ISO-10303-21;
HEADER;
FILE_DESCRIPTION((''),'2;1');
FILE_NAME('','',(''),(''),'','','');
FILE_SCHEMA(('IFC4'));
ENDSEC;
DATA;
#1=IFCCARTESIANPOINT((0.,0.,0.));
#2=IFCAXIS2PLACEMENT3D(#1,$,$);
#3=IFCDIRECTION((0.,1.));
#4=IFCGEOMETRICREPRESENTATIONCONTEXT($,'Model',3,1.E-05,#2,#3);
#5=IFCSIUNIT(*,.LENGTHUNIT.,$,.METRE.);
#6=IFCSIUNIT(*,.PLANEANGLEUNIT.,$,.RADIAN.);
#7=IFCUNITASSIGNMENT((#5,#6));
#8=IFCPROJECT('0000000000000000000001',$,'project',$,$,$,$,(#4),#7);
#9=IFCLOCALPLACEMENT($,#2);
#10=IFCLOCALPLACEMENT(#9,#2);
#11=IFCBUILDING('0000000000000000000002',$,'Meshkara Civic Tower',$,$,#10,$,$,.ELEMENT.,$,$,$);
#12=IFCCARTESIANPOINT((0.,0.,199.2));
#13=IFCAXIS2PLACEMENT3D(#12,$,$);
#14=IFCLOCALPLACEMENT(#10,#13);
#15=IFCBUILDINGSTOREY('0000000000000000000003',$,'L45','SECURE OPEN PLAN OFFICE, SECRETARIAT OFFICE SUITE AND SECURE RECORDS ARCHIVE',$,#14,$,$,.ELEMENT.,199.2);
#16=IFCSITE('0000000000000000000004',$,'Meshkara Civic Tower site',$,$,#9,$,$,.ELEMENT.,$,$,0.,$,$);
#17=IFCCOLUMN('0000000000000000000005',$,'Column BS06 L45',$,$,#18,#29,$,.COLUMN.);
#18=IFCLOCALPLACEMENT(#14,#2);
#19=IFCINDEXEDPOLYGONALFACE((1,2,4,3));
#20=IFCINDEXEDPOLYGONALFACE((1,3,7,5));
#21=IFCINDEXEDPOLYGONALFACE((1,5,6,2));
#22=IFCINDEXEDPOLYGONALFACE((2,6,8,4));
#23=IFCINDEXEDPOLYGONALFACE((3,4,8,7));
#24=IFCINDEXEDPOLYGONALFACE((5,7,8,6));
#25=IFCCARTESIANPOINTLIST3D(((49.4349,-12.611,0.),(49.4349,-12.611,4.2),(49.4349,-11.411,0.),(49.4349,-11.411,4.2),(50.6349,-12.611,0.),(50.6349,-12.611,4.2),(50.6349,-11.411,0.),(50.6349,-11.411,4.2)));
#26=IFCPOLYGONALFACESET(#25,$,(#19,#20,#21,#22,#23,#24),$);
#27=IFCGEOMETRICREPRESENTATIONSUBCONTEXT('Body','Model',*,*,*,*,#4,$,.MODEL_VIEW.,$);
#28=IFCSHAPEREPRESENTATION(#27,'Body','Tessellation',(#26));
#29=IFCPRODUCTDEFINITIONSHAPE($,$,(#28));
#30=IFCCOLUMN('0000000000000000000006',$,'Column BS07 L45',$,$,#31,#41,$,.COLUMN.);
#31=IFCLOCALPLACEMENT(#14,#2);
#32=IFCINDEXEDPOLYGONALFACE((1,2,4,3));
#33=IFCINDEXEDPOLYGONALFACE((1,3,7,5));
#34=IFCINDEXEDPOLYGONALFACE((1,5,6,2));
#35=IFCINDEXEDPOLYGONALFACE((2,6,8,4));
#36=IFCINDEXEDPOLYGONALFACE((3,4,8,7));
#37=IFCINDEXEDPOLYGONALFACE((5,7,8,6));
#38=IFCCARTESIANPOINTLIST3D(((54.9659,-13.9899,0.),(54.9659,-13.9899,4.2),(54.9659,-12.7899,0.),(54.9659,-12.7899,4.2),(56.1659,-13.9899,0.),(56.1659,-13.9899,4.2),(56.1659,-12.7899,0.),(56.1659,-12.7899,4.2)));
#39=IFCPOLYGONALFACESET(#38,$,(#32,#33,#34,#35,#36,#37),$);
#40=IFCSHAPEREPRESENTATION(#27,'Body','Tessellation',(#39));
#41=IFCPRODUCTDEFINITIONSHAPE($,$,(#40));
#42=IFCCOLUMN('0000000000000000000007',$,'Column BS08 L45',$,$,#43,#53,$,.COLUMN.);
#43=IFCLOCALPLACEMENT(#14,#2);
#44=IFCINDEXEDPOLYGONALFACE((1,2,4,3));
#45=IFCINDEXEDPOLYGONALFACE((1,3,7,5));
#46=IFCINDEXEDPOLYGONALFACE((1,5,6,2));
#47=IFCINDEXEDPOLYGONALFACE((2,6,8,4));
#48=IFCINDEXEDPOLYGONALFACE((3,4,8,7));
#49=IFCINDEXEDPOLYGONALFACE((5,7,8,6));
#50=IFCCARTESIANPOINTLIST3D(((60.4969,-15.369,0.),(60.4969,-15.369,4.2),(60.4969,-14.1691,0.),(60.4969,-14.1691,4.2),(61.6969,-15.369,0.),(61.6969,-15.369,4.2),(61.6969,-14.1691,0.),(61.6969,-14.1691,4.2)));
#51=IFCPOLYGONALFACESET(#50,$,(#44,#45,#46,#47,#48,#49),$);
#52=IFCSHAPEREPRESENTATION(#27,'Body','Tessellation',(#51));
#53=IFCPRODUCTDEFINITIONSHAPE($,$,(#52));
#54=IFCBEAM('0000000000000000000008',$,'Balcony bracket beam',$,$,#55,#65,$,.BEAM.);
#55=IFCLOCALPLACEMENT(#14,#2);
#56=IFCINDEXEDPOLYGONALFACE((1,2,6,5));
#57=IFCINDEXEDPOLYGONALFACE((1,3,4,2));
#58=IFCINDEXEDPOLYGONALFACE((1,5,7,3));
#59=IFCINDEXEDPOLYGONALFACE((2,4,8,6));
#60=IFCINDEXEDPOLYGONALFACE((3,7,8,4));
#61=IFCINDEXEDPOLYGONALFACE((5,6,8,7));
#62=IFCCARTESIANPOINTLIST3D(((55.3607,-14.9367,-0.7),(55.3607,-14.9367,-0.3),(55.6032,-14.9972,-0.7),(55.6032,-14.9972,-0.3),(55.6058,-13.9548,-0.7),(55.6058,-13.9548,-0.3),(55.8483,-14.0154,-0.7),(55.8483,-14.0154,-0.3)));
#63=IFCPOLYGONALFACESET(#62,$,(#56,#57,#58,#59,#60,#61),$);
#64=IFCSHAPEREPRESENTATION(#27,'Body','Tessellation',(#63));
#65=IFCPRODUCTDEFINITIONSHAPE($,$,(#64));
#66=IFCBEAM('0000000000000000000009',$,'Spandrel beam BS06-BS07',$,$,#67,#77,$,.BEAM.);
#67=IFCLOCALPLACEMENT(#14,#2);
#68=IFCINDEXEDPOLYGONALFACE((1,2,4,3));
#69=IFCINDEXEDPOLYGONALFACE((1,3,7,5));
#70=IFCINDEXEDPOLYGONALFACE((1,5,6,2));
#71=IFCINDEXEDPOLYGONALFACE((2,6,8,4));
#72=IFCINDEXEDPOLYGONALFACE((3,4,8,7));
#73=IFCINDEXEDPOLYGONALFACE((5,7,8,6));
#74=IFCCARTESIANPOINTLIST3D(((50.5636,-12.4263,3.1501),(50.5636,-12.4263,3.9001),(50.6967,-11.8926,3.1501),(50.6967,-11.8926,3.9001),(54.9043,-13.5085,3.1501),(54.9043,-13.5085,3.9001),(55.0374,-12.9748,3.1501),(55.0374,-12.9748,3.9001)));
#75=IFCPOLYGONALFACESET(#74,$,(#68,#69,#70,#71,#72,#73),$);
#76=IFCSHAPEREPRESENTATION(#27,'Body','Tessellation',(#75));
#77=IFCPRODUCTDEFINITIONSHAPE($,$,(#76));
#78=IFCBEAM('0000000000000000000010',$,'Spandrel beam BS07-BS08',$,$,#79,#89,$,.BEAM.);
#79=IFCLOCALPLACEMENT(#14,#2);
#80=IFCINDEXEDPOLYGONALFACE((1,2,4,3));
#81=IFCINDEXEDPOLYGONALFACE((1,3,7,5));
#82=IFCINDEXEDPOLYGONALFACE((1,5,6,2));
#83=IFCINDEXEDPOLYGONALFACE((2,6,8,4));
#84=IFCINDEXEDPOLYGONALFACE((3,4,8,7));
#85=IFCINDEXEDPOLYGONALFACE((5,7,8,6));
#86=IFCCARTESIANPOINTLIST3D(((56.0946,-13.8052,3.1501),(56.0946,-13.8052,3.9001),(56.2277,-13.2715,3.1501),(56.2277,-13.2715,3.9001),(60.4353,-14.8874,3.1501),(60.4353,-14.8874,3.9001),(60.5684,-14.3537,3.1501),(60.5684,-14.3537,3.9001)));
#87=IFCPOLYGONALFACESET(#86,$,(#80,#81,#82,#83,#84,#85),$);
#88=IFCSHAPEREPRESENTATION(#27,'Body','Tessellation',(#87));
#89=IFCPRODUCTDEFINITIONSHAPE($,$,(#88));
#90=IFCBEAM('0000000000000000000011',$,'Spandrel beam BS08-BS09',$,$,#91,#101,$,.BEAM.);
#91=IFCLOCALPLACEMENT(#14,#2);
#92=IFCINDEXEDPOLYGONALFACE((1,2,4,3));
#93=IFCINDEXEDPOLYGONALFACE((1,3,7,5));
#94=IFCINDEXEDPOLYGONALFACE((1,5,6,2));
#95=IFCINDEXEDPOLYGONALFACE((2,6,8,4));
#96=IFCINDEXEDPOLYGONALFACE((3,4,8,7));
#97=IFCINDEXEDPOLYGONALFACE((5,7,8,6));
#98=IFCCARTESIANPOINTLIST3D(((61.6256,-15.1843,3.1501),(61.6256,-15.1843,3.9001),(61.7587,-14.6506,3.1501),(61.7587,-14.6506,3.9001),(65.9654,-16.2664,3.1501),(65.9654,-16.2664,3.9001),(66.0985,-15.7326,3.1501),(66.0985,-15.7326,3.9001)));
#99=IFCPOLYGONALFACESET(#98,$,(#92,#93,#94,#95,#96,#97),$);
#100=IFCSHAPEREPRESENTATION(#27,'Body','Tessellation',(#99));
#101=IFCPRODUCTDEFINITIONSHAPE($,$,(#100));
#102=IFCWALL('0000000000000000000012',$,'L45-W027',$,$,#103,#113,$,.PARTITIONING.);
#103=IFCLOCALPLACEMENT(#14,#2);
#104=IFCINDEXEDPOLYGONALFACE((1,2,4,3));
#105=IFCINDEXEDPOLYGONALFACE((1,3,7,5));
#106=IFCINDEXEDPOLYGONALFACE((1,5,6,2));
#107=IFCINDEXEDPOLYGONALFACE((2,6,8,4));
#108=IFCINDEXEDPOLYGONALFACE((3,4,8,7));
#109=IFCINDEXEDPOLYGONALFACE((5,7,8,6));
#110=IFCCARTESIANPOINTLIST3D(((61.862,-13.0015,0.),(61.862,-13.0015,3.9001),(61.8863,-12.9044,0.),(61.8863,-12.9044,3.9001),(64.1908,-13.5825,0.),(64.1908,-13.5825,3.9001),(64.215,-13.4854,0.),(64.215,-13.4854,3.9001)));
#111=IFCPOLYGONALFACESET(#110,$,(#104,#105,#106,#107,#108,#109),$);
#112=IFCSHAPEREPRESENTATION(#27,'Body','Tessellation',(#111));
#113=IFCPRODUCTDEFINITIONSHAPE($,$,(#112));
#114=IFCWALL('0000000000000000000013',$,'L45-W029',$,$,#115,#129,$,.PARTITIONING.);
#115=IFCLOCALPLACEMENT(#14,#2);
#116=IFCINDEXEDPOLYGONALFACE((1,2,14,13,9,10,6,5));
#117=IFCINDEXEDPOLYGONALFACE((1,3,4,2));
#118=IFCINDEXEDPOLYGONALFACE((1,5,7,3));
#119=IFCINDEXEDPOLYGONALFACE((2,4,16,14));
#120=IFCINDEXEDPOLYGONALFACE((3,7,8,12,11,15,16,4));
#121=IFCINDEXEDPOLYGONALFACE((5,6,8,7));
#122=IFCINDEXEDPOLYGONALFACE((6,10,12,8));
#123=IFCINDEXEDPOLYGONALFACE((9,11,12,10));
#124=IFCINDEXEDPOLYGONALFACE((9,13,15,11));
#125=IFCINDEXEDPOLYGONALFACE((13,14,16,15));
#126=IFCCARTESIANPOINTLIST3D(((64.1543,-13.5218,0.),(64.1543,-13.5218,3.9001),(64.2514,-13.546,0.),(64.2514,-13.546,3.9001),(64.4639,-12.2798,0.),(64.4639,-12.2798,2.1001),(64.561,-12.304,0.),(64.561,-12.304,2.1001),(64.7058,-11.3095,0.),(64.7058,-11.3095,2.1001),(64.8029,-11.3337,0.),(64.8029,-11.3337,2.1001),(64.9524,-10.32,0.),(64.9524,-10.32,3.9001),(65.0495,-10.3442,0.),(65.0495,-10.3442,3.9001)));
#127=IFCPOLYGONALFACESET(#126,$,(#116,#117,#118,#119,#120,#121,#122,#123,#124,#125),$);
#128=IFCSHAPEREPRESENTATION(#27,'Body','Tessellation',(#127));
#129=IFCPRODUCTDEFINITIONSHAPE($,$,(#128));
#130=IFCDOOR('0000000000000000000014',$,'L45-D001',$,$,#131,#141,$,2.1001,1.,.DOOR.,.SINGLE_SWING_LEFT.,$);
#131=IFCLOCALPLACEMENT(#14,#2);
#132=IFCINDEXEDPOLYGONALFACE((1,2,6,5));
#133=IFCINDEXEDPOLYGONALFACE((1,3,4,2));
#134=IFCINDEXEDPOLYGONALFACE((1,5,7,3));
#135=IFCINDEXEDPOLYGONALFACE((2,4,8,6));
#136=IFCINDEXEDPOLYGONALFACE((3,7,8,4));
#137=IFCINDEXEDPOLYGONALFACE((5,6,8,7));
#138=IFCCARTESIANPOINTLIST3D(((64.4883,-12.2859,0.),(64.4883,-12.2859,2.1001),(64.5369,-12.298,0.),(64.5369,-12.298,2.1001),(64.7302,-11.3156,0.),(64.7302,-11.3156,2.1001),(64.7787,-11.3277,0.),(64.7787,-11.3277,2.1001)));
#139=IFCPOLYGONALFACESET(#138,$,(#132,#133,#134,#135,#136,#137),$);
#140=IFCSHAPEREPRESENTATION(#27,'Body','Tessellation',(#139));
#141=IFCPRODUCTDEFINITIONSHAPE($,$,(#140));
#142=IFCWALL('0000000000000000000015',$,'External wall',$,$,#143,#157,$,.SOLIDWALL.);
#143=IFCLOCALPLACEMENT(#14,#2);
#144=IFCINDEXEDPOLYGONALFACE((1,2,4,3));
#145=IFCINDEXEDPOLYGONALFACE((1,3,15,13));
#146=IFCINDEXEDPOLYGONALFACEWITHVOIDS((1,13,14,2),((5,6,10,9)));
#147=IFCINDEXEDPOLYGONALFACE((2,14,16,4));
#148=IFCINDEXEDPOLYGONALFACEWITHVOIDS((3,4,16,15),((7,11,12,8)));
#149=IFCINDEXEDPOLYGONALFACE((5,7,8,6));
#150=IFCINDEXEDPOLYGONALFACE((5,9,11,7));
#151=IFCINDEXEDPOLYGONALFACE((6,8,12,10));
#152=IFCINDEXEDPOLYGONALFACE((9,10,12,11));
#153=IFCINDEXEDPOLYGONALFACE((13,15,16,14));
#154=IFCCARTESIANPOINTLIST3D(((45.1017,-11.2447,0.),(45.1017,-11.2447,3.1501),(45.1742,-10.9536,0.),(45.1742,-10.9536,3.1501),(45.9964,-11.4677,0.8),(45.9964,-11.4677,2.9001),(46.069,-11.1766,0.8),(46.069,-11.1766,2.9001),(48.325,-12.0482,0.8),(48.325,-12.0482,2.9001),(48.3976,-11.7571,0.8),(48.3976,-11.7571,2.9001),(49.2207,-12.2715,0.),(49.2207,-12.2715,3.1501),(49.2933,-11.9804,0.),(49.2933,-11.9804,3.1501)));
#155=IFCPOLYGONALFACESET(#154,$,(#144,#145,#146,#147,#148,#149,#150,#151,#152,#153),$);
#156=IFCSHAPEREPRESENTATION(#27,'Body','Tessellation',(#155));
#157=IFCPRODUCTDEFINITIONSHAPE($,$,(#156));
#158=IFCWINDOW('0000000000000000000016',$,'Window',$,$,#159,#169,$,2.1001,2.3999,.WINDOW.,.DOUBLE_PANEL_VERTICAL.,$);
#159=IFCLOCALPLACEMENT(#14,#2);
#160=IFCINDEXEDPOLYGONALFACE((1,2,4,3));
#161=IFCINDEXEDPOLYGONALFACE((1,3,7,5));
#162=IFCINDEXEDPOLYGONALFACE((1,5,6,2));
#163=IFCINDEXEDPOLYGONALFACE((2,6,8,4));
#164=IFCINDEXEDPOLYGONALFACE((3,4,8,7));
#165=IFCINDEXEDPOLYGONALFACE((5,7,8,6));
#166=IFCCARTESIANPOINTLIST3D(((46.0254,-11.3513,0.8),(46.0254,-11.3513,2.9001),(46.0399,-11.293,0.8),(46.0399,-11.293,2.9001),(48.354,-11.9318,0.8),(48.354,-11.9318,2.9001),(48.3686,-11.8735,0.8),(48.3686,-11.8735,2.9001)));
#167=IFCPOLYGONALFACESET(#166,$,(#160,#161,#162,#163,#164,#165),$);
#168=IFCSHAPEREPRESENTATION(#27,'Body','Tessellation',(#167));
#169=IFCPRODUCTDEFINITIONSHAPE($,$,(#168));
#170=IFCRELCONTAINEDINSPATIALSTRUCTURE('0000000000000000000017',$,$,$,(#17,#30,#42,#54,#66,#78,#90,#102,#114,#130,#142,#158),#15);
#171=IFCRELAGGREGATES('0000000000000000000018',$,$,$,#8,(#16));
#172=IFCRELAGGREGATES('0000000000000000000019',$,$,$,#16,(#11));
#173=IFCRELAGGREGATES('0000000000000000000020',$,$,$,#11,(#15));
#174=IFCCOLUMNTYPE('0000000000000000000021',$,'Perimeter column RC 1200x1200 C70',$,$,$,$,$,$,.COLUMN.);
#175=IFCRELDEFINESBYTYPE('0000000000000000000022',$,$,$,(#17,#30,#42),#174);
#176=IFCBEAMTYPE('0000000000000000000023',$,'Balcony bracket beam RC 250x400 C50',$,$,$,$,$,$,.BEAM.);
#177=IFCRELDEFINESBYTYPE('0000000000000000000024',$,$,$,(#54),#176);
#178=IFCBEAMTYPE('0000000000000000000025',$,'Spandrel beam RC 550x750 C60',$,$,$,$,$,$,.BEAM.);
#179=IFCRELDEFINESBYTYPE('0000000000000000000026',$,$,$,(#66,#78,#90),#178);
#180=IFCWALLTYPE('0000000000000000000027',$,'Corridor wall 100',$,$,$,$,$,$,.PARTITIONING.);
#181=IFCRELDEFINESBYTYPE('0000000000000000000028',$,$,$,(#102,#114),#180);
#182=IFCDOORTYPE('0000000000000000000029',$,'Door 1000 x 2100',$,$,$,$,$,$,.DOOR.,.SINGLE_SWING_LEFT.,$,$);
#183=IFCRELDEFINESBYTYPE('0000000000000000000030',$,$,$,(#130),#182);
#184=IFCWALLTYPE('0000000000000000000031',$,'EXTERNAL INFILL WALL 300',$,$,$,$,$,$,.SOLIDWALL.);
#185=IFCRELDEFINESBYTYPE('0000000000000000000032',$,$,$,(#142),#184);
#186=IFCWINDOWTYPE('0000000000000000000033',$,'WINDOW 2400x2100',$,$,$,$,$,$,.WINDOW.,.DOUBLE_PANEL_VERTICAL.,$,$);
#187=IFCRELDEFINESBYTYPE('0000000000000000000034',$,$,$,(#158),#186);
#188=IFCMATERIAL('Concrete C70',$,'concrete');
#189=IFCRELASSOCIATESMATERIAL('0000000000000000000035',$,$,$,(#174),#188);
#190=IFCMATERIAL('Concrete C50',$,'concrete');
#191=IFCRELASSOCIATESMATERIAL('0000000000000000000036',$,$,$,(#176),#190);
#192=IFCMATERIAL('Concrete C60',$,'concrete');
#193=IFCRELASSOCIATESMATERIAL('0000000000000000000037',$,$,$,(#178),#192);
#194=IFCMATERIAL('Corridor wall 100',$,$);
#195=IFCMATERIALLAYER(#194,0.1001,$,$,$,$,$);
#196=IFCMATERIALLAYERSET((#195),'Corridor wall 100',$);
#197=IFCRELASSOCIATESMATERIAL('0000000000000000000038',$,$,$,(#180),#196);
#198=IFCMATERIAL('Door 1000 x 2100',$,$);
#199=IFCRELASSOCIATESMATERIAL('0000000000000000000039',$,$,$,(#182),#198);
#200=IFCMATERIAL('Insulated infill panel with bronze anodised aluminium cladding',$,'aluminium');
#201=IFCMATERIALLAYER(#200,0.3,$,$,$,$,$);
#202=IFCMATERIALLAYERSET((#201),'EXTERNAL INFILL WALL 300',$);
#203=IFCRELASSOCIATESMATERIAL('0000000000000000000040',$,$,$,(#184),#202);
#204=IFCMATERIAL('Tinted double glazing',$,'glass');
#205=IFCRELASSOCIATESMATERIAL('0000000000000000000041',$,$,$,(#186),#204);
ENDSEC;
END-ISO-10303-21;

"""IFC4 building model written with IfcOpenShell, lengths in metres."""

from ifc_helpers import new_model, si_unit, direction, frame, frame_2d, origin, origin_2d, place, context, subcontext, project, spatial, rectangle, extrude, material, layer, layer_set, material_profile, profile_set, type_object, element, fill, save


model = new_model("IFC4")

# Units and contexts
model_context = context("Model", 3, precision=1e-05, world=origin(), true_north=direction((0.0, 1.0)))
body_context = subcontext(model_context, "Body", "Model", "MODEL_VIEW")
ifc_project = project(units=[si_unit("LENGTHUNIT", "METRE"), si_unit("PLANEANGLEUNIT", "RADIAN")], contexts=[model_context])

# Site, building, storey
site_placement = place(None, origin())
site = spatial("IfcSite", under=ifc_project, at=site_placement, Name="Meshkara Civic Tower site", CompositionType="ELEMENT", RefElevation=0.0)
building_placement = place(site_placement, origin())
building = spatial("IfcBuilding", under=site, at=building_placement, Name="Meshkara Civic Tower", CompositionType="ELEMENT")
storey_placement = place(building_placement, frame((0.0, 0.0, 199.2)))
storey = spatial("IfcBuildingStorey", under=building, at=storey_placement, Name="L45", Description="SECURE OPEN PLAN OFFICE, SECRETARIAT OFFICE SUITE AND SECURE RECORDS ARCHIVE", CompositionType="ELEMENT", Elevation=199.2)

# Columns
ifc_material_1 = material(Name="Concrete C70", Category="concrete")
ifc_material_profile_1 = material_profile(ifc_material_1, rectangle(XDim=1.2, YDim=1.2, at=origin_2d()))
ifc_profile_set_1 = profile_set([ifc_material_profile_1], Name="Concrete C70")
column_type = type_object("IfcColumnType", Name="Perimeter column RC 1200x1200 C70", PredefinedType="COLUMN", material=ifc_profile_set_1)
for number, where, z_axis, x_axis, name in (
    (1, (50.0349, -12.011, 0.0), (0.0, 0.0, 1.0), (1.0, 0.0, 0.0), "Column BS06 L45"),
    (2, (55.5659, -13.3899, 0.0), (0.0, 0.0, 1.0), (1.0, 0.0, 0.0), "Column BS07 L45"),
    (3, (61.0969, -14.769, 0.0), (0.0, 0.0, 1.0), (1.0, 0.0, 0.0), "Column BS08 L45"),
):
    element("IfcColumn", number, at=place(storey_placement, frame(where, z_axis=z_axis, x_axis=x_axis)), inside=storey, type_object=column_type, Name=name, PredefinedType="COLUMN", context=body_context, shape_type="SweptSolid", body=[
        extrude(rectangle(XDim=1.2, YDim=1.2, at=origin_2d()), origin(), (0.0, 0.0, 1.0), 4.2),
    ])

# Beams
ifc_material_2 = material(Name="Concrete C50", Category="concrete")
ifc_material_profile_2 = material_profile(ifc_material_2, rectangle(XDim=0.25, YDim=0.3999, at=origin_2d()))
ifc_profile_set_2 = profile_set([ifc_material_profile_2], Name="Concrete C50")
beam_type_1 = type_object("IfcBeamType", Name="Balcony bracket beam RC 250x400 C50", PredefinedType="BEAM", material=ifc_profile_set_2)
beam_1_placement = place(storey_placement, frame((55.7271, -13.9851, -0.5), z_axis=(-0.242195, -0.970228, 0.0), x_axis=(0.970228, -0.242195, 0.0)))
element("IfcBeam", 4, at=beam_1_placement, inside=storey, type_object=beam_type_1, Name="Balcony bracket beam", PredefinedType="BEAM", context=body_context, shape_type="SweptSolid", body=[
    extrude(rectangle(XDim=0.25, YDim=0.3999, at=origin_2d()), origin(), (0.0, 0.0, 1.0), 1.012),
])
ifc_material_3 = material(Name="Concrete C60", Category="concrete")
ifc_material_profile_3 = material_profile(ifc_material_3, rectangle(XDim=0.55, YDim=0.75, at=origin_2d()))
ifc_profile_set_3 = profile_set([ifc_material_profile_3], Name="Concrete C60")
beam_type_2 = type_object("IfcBeamType", Name="Spandrel beam RC 550x750 C60", PredefinedType="BEAM", material=ifc_profile_set_3)
for number, where, z_axis, x_axis, name in (
    (5, (50.6301, -12.1594, 3.5251), (0.970296, -0.241919, 0.0), (0.241919, 0.970296, 0.0), "Spandrel beam BS06-BS07"),
    (6, (56.1611, -13.5383, 3.5251), (0.970296, -0.241919, 0.0), (0.241919, 0.970296, 0.0), "Spandrel beam BS07-BS08"),
):
    element("IfcBeam", number, at=place(storey_placement, frame(where, z_axis=z_axis, x_axis=x_axis)), inside=storey, type_object=beam_type_2, Name=name, PredefinedType="BEAM", context=body_context, shape_type="SweptSolid", body=[
        extrude(rectangle(XDim=0.55, YDim=0.75, at=origin_2d()), origin(), (0.0, 0.0, 1.0), 4.4736),
    ])
beam_2_placement = place(storey_placement, frame((61.6921, -14.9175, 3.5251), z_axis=(0.970296, -0.241919, 0.0), x_axis=(0.241919, 0.970296, 0.0)))
element("IfcBeam", 7, at=beam_2_placement, inside=storey, type_object=beam_type_2, Name="Spandrel beam BS08-BS09", PredefinedType="BEAM", context=body_context, shape_type="SweptSolid", body=[
    extrude(rectangle(XDim=0.55, YDim=0.75, at=origin_2d()), origin(), (0.0, 0.0, 1.0), 4.4727),
])

# Wall
ifc_material_4 = material(Name="Corridor wall 100")
ifc_layer_1 = layer(ifc_material_4, 0.1001)
ifc_layer_set_1 = layer_set([ifc_layer_1], Name="Corridor wall 100")
wall_type_1 = type_object("IfcWallType", Name="Corridor wall 100", PredefinedType="PARTITIONING", material=ifc_layer_set_1)
wall_1_placement = place(storey_placement, frame((61.874, -12.9529, 0.0), z_axis=(0.0, 0.0, 1.0), x_axis=(0.970256, -0.242081, 0.0)))
element("IfcWall", 8, at=wall_1_placement, inside=storey, type_object=wall_type_1, Name="L45-W027", PredefinedType="PARTITIONING", context=body_context, shape_type="SweptSolid", body=[
    extrude(rectangle(XDim=2.4001, YDim=0.1001, at=frame_2d((1.2002, 0.0))), origin(), (0.0, 0.0, 1.0), 3.9001),
])

# Wall, opening, door
wall_2_placement = place(storey_placement, frame((64.2029, -13.5339, 0.0), z_axis=(0.0, 0.0, 1.0), x_axis=(0.241857, 0.970312, 0.0)))
wall_2 = element("IfcWall", 9, at=wall_2_placement, inside=storey, type_object=wall_type_1, Name="L45-W029", PredefinedType="PARTITIONING", context=body_context, shape_type="SweptSolid", body=[
    extrude(rectangle(XDim=3.2998, YDim=0.1001, at=frame_2d((1.6499, 0.0))), origin(), (0.0, 0.0, 1.0), 3.9001),
])
opening_1_placement = place(wall_2_placement, frame((1.28, 0.0, 0.0)))
opening_1 = element("IfcOpeningElement", 10, at=opening_1_placement, cuts=wall_2, PredefinedType="OPENING", context=body_context, shape_type="SweptSolid", body=[
    extrude(rectangle(XDim=1.0, YDim=2.1001, at=frame_2d((0.5, 1.05))), frame((0.0, 0.0601, 0.0), z_axis=(0.0, -1.0, 0.0), x_axis=(1.0, 0.0, 0.0)), (0.0, 0.0, 1.0), 0.1201),
])
ifc_material_5 = material(Name="Door 1000 x 2100")
door_type_1 = type_object("IfcDoorType", Name="Door 1000 x 2100", OperationType="SINGLE_SWING_LEFT", PredefinedType="DOOR", material=ifc_material_5)
door_1_placement = place(opening_1_placement, origin())
door_1 = element("IfcDoor", 11, at=door_1_placement, inside=storey, type_object=door_type_1, Name="L45-D001", OperationType="SINGLE_SWING_LEFT", OverallHeight=2.1001, OverallWidth=1.0, PredefinedType="DOOR", context=body_context, shape_type="SweptSolid", body=[
    extrude(rectangle(XDim=1.0, YDim=2.1001, at=frame_2d((0.5, 1.05))), frame((0.0, 0.0249, 0.0), z_axis=(0.0, -1.0, 0.0), x_axis=(1.0, 0.0, 0.0)), (0.0, 0.0, 1.0), 0.05),
])
fill(opening_1, door_1)

# Wall, opening, window
ifc_material_6 = material(Name="Insulated infill panel with bronze anodised aluminium cladding", Category="aluminium")
ifc_layer_2 = layer(ifc_material_6, 0.3)
ifc_layer_set_2 = layer_set([ifc_layer_2], Name="EXTERNAL INFILL WALL 300")
wall_type_2 = type_object("IfcWallType", Name="EXTERNAL INFILL WALL 300", PredefinedType="SOLIDWALL", material=ifc_layer_set_2)
wall_3_placement = place(storey_placement, frame((45.1379, -11.0991, 0.0), z_axis=(0.0, 0.0, 1.0), x_axis=(0.970305, -0.241886, 0.0)))
wall_3 = element("IfcWall", 12, at=wall_3_placement, inside=storey, type_object=wall_type_2, Name="External wall", PredefinedType="SOLIDWALL", context=body_context, shape_type="SweptSolid", body=[
    extrude(rectangle(XDim=4.2451, YDim=0.3, at=frame_2d((2.1226, 0.0))), origin(), (0.0, 0.0, 1.0), 3.1501),
])
opening_2_placement = place(wall_3_placement, frame((0.9221, 0.0, 0.8)))
opening_2 = element("IfcOpeningElement", 13, at=opening_2_placement, cuts=wall_3, PredefinedType="OPENING", context=body_context, shape_type="SweptSolid", body=[
    extrude(rectangle(XDim=2.3999, YDim=2.1001, at=frame_2d((1.2, 1.05))), frame((0.0, 0.1599, 0.0), z_axis=(0.0, -1.0, 0.0), x_axis=(1.0, 0.0, 0.0)), (0.0, 0.0, 1.0), 0.3201),
])
ifc_material_7 = material(Name="Tinted double glazing", Category="glass")
window_type = type_object("IfcWindowType", Name="WINDOW 2400x2100", PartitioningType="DOUBLE_PANEL_VERTICAL", PredefinedType="WINDOW", material=ifc_material_7)
window_1_placement = place(opening_2_placement, origin())
window_1 = element("IfcWindow", 14, at=window_1_placement, inside=storey, type_object=window_type, Name="Window", OverallHeight=2.1001, OverallWidth=2.3999, PartitioningType="DOUBLE_PANEL_VERTICAL", PredefinedType="WINDOW", context=body_context, shape_type="SweptSolid", body=[
    extrude(rectangle(XDim=2.3999, YDim=2.1001, at=frame_2d((1.2, 1.05))), frame((0.0, 0.03, 0.0), z_axis=(0.0, -1.0, 0.0), x_axis=(1.0, 0.0, 0.0)), (0.0, 0.0, 1.0), 0.0601),
])
fill(opening_2, window_1)

save(model, "model.ifc")
